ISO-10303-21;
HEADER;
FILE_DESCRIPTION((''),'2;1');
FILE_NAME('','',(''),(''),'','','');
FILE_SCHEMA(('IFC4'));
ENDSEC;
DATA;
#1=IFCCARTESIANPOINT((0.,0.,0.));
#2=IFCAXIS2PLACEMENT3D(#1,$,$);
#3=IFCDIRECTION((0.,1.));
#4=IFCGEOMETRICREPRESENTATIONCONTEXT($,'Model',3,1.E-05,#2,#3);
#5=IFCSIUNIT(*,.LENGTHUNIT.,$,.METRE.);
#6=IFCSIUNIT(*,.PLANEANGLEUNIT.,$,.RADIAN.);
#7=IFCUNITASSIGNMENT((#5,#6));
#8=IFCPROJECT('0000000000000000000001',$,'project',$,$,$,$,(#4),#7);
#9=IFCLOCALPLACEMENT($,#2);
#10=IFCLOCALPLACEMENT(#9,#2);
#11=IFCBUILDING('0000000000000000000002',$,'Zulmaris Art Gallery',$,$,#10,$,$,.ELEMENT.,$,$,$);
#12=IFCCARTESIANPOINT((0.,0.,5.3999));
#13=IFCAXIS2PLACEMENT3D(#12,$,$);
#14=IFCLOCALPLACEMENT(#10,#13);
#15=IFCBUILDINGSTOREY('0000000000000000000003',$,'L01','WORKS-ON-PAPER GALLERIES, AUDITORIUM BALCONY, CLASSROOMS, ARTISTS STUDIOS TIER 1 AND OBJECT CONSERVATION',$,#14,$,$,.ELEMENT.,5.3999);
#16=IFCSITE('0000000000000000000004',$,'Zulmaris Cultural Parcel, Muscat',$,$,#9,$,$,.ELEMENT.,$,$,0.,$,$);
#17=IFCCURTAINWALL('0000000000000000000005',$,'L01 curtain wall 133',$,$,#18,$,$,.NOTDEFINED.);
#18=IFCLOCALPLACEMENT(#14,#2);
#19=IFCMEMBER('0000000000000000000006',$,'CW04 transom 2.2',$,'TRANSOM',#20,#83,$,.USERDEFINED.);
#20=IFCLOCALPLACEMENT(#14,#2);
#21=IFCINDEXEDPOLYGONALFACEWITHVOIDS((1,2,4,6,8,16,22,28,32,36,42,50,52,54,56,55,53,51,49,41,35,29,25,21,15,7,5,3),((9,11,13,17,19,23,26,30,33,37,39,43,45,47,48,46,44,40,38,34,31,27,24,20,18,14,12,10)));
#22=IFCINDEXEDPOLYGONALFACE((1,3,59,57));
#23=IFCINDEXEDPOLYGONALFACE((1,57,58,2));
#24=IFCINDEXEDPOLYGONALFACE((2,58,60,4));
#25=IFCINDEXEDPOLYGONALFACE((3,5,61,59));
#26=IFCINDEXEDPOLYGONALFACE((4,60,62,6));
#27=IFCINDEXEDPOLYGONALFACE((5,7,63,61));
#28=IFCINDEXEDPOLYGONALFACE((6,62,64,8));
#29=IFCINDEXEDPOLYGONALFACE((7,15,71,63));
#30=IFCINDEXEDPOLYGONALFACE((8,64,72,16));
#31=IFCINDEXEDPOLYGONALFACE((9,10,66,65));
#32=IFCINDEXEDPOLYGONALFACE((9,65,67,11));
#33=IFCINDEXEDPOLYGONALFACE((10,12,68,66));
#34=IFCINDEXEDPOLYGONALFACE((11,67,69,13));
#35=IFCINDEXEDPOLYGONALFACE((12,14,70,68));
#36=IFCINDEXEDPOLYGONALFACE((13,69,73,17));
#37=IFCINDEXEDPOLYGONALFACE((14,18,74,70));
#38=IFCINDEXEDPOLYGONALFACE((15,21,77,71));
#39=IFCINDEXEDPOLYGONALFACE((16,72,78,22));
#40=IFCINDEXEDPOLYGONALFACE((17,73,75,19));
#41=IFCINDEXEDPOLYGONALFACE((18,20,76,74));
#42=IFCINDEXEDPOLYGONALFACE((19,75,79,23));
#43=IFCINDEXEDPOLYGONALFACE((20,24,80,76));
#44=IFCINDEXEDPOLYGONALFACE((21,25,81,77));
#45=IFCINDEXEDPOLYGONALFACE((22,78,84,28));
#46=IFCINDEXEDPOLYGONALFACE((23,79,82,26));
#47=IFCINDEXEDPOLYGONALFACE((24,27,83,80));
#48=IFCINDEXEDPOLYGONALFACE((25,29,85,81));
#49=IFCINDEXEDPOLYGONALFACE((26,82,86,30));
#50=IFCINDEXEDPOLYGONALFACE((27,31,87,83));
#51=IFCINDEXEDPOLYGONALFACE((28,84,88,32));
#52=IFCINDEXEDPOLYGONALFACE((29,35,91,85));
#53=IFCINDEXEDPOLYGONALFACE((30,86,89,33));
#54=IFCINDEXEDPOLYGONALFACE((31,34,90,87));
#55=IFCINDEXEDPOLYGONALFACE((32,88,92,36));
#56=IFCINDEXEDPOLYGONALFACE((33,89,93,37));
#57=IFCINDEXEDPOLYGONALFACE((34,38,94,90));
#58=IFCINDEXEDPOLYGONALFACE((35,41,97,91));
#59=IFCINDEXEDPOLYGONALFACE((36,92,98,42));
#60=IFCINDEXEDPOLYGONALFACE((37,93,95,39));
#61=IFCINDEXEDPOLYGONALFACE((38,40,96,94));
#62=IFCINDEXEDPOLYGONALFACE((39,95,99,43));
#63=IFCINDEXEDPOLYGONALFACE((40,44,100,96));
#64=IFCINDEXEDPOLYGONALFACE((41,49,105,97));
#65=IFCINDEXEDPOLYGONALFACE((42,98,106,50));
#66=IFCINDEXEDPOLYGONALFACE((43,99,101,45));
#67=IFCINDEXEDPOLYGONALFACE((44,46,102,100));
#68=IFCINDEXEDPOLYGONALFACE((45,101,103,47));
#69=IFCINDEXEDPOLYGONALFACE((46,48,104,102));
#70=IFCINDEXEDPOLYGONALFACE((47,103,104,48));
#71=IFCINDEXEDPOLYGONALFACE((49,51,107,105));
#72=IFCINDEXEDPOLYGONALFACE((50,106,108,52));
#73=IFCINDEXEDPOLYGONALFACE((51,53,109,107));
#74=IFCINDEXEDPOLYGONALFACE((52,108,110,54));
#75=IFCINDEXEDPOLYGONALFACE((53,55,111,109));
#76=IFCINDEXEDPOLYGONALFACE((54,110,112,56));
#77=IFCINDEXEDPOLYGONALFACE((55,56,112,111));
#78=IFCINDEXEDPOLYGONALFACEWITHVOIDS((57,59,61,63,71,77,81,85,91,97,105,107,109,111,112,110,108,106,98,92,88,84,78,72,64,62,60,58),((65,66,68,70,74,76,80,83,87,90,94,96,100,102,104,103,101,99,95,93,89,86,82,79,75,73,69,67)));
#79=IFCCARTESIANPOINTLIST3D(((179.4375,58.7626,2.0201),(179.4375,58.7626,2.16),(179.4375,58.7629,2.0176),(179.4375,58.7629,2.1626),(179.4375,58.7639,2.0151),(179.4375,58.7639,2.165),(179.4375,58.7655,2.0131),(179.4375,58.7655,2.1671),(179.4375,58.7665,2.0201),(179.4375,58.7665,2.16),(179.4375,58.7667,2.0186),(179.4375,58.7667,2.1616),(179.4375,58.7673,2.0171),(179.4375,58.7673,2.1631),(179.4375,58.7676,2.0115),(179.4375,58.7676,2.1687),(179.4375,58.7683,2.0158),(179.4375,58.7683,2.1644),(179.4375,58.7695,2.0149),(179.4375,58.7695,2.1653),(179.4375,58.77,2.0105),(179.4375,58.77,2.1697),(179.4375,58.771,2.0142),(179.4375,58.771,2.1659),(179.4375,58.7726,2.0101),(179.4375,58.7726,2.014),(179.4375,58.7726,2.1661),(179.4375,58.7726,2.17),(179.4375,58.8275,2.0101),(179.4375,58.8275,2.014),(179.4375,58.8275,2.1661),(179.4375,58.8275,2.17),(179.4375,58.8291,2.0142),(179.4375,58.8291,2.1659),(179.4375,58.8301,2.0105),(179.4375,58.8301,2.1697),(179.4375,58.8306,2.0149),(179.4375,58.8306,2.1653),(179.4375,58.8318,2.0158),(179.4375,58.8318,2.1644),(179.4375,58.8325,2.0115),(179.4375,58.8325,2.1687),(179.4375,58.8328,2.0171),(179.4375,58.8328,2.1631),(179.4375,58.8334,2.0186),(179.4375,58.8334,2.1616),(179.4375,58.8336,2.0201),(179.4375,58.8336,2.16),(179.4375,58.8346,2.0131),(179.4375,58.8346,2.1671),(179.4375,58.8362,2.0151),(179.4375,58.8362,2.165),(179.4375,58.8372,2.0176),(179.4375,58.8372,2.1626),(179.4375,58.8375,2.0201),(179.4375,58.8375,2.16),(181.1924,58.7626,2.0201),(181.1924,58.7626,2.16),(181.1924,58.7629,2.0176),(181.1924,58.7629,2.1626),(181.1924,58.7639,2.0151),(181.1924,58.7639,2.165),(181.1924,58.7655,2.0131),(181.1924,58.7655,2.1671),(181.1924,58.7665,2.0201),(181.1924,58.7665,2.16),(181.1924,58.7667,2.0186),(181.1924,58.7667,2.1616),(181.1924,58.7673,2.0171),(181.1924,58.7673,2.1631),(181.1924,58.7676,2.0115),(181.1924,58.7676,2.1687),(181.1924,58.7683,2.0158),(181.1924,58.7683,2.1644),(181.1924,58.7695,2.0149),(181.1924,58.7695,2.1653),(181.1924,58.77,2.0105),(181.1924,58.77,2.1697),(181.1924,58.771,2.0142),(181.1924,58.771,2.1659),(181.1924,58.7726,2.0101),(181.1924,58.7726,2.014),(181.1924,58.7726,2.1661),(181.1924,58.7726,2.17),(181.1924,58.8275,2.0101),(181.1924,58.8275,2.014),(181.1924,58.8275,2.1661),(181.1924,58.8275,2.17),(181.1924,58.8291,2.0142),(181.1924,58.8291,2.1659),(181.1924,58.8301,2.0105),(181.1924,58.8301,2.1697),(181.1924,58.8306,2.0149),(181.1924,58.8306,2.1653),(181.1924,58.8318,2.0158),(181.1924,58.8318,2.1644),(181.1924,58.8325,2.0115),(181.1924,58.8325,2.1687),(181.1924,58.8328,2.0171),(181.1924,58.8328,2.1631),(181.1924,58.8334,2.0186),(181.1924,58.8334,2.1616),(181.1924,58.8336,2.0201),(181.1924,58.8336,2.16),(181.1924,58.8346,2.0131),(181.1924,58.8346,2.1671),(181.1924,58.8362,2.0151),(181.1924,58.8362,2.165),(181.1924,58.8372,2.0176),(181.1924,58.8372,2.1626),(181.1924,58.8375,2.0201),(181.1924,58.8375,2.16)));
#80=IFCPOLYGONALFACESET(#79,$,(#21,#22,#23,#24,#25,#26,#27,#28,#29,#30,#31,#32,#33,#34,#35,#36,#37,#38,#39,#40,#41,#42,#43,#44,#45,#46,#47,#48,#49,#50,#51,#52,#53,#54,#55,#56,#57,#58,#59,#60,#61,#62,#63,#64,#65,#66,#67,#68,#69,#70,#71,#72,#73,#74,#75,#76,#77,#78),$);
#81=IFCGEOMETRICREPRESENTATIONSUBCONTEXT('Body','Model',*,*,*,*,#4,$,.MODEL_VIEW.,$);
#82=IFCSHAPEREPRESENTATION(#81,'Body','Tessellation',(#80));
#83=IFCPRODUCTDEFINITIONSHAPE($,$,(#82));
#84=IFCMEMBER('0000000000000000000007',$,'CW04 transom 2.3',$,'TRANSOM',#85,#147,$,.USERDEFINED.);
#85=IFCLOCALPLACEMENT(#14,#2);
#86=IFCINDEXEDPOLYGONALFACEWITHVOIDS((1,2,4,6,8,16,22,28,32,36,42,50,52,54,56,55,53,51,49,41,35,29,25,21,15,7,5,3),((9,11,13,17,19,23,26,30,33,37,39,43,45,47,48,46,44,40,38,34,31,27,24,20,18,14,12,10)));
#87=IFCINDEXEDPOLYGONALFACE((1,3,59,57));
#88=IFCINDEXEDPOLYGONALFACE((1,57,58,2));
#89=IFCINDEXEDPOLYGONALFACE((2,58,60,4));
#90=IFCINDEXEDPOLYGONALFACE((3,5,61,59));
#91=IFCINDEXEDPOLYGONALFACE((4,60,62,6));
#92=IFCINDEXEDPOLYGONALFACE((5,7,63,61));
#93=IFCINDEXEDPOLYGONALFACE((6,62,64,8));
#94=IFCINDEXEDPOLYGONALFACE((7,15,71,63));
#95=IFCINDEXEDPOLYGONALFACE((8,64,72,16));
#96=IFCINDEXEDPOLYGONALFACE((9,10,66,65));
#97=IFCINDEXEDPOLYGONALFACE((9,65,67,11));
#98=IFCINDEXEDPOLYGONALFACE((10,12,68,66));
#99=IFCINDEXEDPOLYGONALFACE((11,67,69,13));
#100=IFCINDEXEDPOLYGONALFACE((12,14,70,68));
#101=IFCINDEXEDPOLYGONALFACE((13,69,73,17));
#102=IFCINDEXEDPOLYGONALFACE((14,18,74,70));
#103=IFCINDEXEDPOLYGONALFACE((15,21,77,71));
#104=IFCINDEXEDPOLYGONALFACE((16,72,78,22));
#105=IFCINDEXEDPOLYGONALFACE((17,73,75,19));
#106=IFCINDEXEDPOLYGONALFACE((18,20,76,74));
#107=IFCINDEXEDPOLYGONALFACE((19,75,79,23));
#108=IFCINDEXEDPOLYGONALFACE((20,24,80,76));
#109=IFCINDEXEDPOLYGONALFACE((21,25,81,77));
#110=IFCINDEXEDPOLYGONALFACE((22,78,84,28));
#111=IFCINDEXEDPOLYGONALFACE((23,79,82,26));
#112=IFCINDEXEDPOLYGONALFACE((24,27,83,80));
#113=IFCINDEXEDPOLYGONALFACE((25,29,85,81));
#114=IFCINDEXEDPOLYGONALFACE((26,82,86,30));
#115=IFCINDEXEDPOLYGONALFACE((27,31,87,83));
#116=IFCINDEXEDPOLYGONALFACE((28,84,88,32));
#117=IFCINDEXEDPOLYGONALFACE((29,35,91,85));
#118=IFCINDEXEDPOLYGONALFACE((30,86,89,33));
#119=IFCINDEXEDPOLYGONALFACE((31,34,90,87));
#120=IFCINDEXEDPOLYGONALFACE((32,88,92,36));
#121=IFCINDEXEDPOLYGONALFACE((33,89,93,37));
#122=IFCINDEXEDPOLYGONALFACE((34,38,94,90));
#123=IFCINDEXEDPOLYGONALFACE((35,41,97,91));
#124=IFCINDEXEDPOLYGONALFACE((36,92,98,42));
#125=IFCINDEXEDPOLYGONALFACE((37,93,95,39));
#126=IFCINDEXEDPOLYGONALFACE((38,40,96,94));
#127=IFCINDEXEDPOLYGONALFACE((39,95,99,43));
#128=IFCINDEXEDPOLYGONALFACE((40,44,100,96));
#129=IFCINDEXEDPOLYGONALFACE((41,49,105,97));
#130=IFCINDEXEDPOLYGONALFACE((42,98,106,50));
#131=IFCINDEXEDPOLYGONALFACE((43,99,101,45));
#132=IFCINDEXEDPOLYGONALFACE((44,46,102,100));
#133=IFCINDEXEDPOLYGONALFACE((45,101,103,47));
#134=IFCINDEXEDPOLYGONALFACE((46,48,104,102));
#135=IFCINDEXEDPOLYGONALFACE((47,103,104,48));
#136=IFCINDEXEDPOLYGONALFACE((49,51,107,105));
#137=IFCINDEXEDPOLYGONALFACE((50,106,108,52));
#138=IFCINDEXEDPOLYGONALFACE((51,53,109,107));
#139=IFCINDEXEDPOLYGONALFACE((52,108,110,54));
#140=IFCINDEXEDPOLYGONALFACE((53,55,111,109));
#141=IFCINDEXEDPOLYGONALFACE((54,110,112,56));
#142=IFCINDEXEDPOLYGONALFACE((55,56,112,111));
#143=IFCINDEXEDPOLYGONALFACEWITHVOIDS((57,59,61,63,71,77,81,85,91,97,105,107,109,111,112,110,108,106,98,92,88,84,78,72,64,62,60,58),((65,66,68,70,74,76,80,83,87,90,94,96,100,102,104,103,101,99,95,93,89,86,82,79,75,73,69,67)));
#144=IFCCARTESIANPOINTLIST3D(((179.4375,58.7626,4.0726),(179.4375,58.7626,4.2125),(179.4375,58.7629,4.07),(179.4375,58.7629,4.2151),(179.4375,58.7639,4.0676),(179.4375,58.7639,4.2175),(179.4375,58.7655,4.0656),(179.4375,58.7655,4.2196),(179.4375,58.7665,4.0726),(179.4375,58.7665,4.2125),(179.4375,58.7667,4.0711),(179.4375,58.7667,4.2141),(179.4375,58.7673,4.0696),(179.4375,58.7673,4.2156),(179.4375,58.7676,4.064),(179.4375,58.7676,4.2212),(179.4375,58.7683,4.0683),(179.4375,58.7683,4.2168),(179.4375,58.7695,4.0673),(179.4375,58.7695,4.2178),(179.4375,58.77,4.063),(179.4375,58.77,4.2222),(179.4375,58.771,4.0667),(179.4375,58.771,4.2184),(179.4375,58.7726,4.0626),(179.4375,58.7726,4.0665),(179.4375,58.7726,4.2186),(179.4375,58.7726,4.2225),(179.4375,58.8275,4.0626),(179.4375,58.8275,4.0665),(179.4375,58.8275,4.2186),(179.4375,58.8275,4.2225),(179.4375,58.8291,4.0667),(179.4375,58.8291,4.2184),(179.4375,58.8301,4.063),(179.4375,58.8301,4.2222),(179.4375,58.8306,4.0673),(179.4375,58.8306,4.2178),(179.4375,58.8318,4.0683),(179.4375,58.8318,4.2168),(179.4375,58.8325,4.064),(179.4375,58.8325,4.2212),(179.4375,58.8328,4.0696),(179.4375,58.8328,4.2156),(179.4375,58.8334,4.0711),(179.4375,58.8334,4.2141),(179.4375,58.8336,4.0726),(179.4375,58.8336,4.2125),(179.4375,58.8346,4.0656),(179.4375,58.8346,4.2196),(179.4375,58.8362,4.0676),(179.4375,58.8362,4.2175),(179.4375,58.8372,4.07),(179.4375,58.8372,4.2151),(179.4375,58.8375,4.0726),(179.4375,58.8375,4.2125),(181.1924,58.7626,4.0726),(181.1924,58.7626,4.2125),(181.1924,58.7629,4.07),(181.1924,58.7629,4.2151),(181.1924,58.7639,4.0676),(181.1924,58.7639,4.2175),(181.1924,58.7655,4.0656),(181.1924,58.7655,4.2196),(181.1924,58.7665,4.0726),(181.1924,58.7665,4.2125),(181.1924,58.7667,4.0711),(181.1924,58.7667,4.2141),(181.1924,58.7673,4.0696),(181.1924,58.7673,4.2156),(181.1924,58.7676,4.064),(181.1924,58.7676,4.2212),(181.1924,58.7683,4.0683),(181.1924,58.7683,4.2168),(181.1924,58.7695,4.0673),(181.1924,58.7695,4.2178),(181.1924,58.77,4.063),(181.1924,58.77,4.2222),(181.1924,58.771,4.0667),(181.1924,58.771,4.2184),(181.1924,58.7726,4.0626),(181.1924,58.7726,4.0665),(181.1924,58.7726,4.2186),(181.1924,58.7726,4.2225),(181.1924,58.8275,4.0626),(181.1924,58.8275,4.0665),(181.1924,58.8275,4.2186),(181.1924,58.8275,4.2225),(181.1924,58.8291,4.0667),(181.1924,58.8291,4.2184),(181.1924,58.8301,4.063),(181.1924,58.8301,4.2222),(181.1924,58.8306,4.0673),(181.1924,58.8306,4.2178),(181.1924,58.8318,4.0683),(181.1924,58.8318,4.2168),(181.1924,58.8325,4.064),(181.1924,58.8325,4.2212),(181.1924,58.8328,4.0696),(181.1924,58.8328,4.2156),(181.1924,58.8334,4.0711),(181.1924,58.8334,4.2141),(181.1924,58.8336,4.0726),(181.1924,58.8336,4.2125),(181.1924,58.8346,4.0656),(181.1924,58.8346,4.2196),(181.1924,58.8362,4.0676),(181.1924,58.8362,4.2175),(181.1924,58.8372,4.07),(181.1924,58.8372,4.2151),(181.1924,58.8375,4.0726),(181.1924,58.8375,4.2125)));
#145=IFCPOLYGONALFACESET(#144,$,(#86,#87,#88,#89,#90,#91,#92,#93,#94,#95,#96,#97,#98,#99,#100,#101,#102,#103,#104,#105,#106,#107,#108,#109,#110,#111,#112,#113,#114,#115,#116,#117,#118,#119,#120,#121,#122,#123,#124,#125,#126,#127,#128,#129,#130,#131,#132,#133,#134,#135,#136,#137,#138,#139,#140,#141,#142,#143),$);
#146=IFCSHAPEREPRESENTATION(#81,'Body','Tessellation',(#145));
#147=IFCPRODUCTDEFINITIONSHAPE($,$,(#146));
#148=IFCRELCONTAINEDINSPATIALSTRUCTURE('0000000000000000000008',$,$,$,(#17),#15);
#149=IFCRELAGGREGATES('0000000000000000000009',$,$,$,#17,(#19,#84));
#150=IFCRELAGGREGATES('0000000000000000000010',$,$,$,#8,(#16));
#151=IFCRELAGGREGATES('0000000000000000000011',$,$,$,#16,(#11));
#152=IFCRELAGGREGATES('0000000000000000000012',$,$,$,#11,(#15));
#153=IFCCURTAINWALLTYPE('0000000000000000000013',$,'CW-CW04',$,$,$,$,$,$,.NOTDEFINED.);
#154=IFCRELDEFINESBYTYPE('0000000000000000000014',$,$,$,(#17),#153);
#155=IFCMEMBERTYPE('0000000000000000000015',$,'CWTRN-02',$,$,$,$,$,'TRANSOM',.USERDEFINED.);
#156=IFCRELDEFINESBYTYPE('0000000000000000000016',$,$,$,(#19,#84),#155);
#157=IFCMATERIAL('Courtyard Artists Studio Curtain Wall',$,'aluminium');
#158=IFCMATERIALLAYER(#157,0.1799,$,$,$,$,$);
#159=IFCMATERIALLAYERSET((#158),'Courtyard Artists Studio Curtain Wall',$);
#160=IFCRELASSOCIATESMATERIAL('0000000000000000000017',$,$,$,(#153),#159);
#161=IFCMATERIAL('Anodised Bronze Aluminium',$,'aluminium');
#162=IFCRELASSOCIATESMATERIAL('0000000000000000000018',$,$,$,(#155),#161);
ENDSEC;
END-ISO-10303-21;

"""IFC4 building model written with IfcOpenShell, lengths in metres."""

from ifc_helpers import new_model, si_unit, direction, frame, origin, origin_2d, place, context, subcontext, project, spatial, hollow_rectangle, extrude, material, layer, layer_set, material_profile, profile_set, type_object, element, aggregate, save


model = new_model("IFC4")

# Units and contexts
model_context = context("Model", 3, precision=1e-05, world=origin(), true_north=direction((0.0, 1.0)))
body_context = subcontext(model_context, "Body", "Model", "MODEL_VIEW")
ifc_project = project(units=[si_unit("LENGTHUNIT", "METRE"), si_unit("PLANEANGLEUNIT", "RADIAN")], contexts=[model_context])

# Site, building, storey
site_placement = place(None, origin())
site = spatial("IfcSite", under=ifc_project, at=site_placement, Name="Zulmaris Cultural Parcel, Muscat", CompositionType="ELEMENT", RefElevation=0.0)
building_placement = place(site_placement, origin())
building = spatial("IfcBuilding", under=site, at=building_placement, Name="Zulmaris Art Gallery", CompositionType="ELEMENT")
storey_placement = place(building_placement, frame((0.0, 0.0, 5.3999)))
storey = spatial("IfcBuildingStorey", under=building, at=storey_placement, Name="L01", Description="WORKS-ON-PAPER GALLERIES, AUDITORIUM BALCONY, CLASSROOMS, ARTISTS STUDIOS TIER 1 AND OBJECT CONSERVATION", CompositionType="ELEMENT", Elevation=5.3999)

# Shared definitions
ifc_material_1 = material(Name="Courtyard Artists Studio Curtain Wall", Category="aluminium")
ifc_layer_1 = layer(ifc_material_1, 0.1799)
ifc_layer_set_1 = layer_set([ifc_layer_1], Name="Courtyard Artists Studio Curtain Wall")
curtain_wall_type = type_object("IfcCurtainWallType", Name="CW-CW04", PredefinedType="NOTDEFINED", material=ifc_layer_set_1)
ifc_material_2 = material(Name="Anodised Bronze Aluminium", Category="aluminium")

# Curtain wall
curtain_wall_1_placement = place(storey_placement, origin())
curtain_wall_1 = element("IfcCurtainWall", 1, at=curtain_wall_1_placement, inside=storey, type_object=curtain_wall_type, Name="L01 curtain wall 133", PredefinedType="NOTDEFINED")

# Members
ifc_material_profile_1 = material_profile(ifc_material_2, hollow_rectangle(XDim=0.075, YDim=0.1599, WallThickness=0.0039, InnerFilletRadius=0.0061, OuterFilletRadius=0.01, at=origin_2d()), Name="ALU 75x160x4")
ifc_profile_set_1 = profile_set([ifc_material_profile_1], Name="Anodised Bronze Aluminium")
member_type_1 = type_object("IfcMemberType", Name="CWTRN-02", ElementType="TRANSOM", PredefinedType="USERDEFINED", material=ifc_profile_set_1)
member_1_placement = place(storey_placement, frame((181.1924, 58.8, 2.0901), z_axis=(-1.0, 0.0, 0.0), x_axis=(0.0, -1.0, 0.0)))
member_1 = element("IfcMember", 2, at=member_1_placement, type_object=member_type_1, Name="CW04 transom 2.2", ObjectType="TRANSOM", PredefinedType="USERDEFINED", context=body_context, shape_type="SweptSolid", body=[
    extrude(hollow_rectangle(XDim=0.075, YDim=0.1599, WallThickness=0.0039, InnerFilletRadius=0.0061, OuterFilletRadius=0.01, at=origin_2d()), origin(), (0.0, 0.0, 1.0), 1.7549),
])
member_2_placement = place(storey_placement, frame((181.1924, 58.8, 4.1426), z_axis=(-1.0, 0.0, 0.0), x_axis=(0.0, -1.0, 0.0)))
member_2 = element("IfcMember", 3, at=member_2_placement, type_object=member_type_1, Name="CW04 transom 2.3", ObjectType="TRANSOM", PredefinedType="USERDEFINED", context=body_context, shape_type="SweptSolid", body=[
    extrude(hollow_rectangle(XDim=0.075, YDim=0.1599, WallThickness=0.0039, InnerFilletRadius=0.0061, OuterFilletRadius=0.01, at=origin_2d()), origin(), (0.0, 0.0, 1.0), 1.7549),
])

aggregate(curtain_wall_1, [member_1, member_2])

save(model, "model.ifc")
